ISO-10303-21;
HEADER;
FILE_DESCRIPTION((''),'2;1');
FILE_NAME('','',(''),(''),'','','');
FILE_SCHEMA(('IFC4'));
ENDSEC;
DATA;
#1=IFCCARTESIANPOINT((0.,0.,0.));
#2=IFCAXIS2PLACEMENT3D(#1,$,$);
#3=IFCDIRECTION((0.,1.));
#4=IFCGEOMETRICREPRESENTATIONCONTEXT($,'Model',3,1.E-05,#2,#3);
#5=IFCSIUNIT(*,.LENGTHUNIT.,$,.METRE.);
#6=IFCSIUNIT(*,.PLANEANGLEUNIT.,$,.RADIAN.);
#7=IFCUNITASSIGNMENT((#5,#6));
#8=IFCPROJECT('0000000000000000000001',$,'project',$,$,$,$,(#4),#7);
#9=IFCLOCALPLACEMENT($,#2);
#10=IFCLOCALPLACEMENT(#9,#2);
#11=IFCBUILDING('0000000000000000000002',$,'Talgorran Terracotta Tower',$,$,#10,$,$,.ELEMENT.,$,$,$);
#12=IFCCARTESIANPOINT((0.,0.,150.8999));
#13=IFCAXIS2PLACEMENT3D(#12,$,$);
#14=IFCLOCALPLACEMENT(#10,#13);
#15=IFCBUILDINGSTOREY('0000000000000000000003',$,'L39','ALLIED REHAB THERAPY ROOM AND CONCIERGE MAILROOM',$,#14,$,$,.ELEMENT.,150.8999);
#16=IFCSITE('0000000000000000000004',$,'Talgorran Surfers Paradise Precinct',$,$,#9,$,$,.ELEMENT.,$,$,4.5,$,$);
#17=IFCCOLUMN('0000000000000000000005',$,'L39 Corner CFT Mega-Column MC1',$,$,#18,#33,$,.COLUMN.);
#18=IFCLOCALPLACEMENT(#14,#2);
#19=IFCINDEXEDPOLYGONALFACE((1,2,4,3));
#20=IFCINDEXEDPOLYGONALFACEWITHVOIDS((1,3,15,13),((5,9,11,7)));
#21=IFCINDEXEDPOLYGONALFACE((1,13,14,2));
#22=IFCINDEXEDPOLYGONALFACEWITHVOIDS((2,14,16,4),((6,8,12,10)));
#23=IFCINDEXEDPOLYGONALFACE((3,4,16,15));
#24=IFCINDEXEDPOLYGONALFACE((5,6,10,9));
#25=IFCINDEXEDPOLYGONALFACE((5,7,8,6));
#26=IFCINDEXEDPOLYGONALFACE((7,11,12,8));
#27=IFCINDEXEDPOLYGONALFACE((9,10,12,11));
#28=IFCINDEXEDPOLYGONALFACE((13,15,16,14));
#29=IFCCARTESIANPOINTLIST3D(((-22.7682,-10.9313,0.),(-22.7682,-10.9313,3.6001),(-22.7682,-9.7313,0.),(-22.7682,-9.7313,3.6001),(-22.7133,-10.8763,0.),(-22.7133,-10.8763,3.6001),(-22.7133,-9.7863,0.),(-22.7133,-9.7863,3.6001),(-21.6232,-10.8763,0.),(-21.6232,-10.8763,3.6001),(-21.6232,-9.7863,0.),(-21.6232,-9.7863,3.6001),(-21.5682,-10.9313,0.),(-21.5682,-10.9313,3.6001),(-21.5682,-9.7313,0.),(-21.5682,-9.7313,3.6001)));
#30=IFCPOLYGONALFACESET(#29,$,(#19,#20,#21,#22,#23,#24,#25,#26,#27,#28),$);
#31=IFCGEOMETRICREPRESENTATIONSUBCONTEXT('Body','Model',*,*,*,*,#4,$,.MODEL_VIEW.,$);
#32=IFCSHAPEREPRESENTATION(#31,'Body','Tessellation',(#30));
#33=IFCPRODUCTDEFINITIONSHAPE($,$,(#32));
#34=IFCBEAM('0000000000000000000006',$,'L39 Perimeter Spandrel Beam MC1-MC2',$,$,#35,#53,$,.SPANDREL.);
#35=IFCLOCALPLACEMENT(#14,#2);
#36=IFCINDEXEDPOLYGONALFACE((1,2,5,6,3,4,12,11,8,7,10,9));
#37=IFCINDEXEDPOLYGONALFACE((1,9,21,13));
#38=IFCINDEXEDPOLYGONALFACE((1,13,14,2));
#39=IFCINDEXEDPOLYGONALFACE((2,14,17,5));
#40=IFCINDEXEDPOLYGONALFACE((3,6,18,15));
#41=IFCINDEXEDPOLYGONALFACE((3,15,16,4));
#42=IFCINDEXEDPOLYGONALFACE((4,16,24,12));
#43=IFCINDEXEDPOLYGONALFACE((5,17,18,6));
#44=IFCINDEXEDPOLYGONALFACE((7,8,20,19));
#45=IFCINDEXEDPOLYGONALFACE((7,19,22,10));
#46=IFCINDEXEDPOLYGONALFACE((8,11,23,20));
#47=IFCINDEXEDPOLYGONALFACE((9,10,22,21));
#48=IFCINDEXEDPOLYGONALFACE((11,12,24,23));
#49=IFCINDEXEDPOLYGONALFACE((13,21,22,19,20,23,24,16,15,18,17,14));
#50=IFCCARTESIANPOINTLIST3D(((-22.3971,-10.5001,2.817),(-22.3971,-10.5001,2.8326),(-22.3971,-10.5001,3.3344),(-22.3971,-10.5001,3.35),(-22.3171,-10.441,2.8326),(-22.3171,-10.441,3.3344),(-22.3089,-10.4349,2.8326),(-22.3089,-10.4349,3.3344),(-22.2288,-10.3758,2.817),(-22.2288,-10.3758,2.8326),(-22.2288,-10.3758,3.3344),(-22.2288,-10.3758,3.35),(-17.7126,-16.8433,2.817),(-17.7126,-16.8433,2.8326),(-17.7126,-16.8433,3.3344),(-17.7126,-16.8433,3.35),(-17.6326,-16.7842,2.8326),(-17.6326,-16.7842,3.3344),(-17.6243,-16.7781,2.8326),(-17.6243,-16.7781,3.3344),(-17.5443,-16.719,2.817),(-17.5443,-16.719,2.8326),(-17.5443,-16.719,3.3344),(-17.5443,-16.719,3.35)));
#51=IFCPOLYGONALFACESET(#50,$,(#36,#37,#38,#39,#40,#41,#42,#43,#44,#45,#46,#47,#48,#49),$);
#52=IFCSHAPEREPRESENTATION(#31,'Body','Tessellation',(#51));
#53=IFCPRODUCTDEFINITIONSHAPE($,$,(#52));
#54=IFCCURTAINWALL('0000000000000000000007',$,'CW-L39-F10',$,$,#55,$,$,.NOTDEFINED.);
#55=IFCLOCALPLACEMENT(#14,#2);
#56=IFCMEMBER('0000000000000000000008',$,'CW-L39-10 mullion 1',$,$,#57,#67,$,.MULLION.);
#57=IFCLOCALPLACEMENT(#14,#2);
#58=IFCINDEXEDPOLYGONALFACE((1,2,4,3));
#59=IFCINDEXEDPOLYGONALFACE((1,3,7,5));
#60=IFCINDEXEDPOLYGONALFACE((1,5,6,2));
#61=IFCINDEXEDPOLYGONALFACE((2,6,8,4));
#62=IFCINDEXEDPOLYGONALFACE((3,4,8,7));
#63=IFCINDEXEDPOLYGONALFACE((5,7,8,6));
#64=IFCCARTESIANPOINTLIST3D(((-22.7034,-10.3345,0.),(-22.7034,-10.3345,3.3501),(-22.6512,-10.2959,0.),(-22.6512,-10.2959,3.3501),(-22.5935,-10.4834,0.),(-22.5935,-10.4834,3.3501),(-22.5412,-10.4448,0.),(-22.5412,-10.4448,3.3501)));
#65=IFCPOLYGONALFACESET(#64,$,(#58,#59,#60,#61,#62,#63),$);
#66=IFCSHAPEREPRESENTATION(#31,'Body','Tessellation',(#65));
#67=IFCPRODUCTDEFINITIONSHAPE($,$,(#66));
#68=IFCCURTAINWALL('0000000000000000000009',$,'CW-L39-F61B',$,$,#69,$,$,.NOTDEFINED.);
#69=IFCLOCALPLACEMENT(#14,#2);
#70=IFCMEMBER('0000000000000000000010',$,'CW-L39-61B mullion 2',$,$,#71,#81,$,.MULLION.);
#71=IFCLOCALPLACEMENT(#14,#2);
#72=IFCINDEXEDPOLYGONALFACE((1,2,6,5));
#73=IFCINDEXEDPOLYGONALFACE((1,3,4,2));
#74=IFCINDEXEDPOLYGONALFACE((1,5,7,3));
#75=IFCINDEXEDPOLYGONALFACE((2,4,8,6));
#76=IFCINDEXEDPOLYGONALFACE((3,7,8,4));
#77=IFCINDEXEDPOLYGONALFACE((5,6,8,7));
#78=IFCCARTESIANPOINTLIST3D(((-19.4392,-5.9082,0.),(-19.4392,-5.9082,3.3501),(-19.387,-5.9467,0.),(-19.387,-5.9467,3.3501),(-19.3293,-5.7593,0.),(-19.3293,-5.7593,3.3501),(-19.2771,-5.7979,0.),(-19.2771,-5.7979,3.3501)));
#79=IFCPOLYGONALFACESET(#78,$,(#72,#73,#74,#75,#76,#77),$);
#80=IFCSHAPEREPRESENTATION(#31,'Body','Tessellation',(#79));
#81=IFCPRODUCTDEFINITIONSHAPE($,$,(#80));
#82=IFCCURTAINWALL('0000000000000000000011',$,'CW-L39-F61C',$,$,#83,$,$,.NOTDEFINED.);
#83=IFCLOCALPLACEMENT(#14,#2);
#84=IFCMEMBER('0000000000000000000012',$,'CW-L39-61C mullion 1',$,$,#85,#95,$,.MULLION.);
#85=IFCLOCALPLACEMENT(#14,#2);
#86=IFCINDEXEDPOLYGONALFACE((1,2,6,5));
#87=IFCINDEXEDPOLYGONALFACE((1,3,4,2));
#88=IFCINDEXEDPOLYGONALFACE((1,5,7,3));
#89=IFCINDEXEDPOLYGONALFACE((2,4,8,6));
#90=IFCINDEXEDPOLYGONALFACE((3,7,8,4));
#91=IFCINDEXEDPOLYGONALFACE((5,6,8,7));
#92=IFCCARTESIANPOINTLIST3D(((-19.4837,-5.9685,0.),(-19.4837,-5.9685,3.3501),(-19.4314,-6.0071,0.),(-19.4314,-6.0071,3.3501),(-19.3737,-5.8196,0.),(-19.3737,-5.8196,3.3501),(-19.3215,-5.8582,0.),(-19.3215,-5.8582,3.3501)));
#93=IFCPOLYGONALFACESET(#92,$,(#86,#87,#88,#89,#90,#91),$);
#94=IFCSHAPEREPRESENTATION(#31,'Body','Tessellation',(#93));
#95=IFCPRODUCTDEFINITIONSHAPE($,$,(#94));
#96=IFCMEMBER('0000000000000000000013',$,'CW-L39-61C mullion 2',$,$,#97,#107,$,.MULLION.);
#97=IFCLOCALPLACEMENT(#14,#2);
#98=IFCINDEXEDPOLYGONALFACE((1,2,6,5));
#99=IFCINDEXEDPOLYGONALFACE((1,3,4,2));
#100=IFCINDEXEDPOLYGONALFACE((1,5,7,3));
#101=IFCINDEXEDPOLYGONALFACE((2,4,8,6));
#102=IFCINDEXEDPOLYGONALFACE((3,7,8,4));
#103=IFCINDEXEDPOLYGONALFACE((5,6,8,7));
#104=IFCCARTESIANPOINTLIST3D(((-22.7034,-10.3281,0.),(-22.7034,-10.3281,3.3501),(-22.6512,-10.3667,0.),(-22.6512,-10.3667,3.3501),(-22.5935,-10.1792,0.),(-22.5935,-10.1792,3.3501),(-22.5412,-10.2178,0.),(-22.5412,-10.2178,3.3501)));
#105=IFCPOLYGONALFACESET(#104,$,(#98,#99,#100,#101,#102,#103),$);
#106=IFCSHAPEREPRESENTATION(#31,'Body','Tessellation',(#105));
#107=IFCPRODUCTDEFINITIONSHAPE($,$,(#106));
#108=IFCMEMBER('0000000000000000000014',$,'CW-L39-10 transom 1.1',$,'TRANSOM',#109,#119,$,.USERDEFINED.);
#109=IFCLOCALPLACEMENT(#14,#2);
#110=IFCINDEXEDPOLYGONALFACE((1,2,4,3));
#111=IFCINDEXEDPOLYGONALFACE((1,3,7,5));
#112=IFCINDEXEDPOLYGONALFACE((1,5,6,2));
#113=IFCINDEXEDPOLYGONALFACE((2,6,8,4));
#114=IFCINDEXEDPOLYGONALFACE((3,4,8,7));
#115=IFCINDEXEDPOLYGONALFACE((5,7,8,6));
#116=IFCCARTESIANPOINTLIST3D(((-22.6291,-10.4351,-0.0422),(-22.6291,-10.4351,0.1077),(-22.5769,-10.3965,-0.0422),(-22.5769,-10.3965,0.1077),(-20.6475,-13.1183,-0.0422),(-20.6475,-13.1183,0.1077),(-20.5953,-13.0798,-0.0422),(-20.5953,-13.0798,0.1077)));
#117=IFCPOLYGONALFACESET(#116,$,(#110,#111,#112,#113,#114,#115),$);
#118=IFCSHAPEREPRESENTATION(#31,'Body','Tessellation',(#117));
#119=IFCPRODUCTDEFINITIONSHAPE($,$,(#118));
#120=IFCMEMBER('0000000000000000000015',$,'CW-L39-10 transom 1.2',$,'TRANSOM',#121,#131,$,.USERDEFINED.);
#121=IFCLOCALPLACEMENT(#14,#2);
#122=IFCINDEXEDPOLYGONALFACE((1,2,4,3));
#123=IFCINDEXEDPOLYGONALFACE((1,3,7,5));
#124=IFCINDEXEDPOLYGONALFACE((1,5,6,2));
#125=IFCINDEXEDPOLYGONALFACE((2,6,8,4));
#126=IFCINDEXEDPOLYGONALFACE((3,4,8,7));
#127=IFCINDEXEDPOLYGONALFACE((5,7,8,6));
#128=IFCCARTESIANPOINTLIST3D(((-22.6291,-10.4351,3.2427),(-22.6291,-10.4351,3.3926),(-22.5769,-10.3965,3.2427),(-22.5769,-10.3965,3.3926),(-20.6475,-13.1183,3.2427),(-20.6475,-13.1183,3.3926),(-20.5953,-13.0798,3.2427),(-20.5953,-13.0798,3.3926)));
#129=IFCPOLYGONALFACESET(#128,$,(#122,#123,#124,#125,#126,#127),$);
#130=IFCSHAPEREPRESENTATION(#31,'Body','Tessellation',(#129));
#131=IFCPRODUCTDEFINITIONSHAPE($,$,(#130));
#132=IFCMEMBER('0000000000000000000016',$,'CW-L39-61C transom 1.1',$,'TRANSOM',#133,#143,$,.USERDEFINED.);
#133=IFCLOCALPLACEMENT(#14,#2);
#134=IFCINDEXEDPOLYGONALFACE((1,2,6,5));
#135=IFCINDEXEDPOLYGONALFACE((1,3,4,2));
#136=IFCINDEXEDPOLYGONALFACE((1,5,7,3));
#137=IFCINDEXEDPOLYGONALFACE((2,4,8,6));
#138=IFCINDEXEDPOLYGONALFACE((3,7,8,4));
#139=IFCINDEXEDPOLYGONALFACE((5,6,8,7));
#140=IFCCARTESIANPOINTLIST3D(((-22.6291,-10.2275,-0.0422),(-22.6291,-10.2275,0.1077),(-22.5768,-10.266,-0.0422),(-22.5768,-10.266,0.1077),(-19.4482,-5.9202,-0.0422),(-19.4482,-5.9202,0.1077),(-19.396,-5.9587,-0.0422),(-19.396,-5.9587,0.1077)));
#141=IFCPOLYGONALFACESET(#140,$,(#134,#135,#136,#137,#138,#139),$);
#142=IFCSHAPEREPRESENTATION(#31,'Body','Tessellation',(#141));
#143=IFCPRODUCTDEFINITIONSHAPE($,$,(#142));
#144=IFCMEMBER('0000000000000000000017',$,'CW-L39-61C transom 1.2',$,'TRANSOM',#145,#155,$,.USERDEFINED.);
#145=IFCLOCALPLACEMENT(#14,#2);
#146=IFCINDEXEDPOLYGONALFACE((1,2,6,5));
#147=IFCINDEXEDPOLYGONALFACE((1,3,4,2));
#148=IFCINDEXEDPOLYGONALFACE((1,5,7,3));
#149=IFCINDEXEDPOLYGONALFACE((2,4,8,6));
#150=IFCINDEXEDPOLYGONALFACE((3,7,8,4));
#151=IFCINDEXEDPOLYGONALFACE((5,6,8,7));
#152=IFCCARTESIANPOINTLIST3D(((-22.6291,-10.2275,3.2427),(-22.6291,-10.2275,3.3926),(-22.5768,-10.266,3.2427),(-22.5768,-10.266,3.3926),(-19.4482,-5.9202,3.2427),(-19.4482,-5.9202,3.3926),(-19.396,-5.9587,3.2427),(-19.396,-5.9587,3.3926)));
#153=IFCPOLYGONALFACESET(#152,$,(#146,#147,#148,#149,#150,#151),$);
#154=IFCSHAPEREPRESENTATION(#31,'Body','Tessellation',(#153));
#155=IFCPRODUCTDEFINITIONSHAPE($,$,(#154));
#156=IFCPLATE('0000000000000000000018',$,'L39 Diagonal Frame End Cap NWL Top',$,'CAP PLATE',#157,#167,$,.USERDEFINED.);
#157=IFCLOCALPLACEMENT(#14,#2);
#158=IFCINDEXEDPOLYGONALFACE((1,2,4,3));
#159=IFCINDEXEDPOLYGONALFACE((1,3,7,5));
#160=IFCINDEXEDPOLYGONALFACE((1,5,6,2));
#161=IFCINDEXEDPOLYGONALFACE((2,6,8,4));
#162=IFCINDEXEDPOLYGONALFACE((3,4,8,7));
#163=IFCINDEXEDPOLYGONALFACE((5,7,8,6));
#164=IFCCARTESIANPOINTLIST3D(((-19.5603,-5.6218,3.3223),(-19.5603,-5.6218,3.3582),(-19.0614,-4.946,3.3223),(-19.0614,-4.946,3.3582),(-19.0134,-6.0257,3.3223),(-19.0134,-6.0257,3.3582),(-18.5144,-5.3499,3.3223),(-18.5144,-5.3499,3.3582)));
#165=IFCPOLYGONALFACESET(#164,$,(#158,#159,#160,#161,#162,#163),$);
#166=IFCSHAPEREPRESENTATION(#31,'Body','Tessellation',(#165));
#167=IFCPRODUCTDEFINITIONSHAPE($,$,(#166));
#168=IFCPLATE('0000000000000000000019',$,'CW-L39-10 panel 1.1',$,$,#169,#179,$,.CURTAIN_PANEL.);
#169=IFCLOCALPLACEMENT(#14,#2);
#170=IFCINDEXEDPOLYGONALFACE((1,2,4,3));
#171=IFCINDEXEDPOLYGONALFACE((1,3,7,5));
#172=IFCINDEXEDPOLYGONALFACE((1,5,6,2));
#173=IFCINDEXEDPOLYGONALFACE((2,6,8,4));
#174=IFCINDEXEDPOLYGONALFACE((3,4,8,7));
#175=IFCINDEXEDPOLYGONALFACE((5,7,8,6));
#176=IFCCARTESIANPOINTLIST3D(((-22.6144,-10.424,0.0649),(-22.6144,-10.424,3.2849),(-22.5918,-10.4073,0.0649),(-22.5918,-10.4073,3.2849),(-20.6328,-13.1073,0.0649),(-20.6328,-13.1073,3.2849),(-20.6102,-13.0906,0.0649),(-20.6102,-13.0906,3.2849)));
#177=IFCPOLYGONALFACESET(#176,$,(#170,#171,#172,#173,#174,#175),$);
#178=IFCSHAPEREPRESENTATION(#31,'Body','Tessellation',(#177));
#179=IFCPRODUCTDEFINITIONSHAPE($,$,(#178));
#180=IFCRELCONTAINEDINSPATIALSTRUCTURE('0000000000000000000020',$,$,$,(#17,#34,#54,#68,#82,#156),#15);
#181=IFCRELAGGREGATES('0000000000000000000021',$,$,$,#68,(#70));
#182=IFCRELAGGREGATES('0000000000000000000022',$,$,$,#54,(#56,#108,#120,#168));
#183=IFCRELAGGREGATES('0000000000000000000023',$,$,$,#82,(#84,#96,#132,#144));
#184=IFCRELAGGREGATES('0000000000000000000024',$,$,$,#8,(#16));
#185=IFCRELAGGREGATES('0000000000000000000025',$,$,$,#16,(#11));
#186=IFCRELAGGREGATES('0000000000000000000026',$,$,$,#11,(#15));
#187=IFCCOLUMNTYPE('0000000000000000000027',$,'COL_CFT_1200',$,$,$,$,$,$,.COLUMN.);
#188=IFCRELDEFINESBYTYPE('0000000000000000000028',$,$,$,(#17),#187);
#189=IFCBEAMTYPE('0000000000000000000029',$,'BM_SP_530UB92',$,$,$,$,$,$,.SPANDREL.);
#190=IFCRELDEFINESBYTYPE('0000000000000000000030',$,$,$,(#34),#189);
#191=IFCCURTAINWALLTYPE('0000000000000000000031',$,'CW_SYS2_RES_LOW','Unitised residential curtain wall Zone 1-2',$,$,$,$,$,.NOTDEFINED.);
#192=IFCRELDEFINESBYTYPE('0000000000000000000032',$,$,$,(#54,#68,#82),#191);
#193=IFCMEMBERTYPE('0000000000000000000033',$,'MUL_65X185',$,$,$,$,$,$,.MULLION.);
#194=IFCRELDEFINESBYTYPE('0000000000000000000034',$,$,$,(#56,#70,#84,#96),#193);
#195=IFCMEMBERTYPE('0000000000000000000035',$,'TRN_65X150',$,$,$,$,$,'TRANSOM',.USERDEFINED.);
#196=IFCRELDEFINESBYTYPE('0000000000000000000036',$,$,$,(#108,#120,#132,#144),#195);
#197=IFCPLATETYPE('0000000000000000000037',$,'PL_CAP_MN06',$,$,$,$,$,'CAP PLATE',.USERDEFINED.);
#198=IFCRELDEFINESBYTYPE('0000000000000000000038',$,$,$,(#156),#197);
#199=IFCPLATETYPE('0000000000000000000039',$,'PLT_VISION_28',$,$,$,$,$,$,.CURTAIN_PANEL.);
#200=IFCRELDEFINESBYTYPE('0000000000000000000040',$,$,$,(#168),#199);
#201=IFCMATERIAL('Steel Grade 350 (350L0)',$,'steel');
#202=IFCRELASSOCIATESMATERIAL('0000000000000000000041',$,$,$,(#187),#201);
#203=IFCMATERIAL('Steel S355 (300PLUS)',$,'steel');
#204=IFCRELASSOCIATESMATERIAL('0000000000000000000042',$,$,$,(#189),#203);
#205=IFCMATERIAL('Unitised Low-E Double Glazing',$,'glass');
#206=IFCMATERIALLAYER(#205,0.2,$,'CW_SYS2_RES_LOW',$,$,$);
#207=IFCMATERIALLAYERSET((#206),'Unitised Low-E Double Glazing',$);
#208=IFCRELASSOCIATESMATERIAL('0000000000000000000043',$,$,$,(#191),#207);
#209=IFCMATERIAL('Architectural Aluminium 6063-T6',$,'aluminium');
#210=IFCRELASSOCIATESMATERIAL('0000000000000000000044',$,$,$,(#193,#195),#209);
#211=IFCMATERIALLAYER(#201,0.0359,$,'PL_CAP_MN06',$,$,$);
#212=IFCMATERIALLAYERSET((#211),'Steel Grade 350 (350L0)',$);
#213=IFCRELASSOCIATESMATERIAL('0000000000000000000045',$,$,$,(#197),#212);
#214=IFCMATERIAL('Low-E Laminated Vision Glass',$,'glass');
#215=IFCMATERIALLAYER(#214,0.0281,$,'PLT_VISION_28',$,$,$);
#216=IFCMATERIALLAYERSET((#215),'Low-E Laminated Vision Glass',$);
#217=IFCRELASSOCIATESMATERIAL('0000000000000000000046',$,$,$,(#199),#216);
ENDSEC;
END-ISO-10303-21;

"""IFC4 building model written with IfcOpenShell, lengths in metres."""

from ifc_helpers import new_model, si_unit, direction, frame, origin, origin_2d, place, context, subcontext, project, spatial, rectangle, hollow_rectangle, i_section, extrude, source, transform, mapped, material, layer, layer_set, material_profile, profile_set, type_object, element, aggregate, save


model = new_model("IFC4")

# Units and contexts
model_context = context("Model", 3, precision=1e-05, world=origin(), true_north=direction((0.0, 1.0)))
body_context = subcontext(model_context, "Body", "Model", "MODEL_VIEW")
ifc_project = project(units=[si_unit("LENGTHUNIT", "METRE"), si_unit("PLANEANGLEUNIT", "RADIAN")], contexts=[model_context])

# Site, building, storey
site_placement = place(None, origin())
site = spatial("IfcSite", under=ifc_project, at=site_placement, Name="Talgorran Surfers Paradise Precinct", CompositionType="ELEMENT", RefElevation=4.5)
building_placement = place(site_placement, origin())
building = spatial("IfcBuilding", under=site, at=building_placement, Name="Talgorran Terracotta Tower", CompositionType="ELEMENT")
storey_placement = place(building_placement, frame((0.0, 0.0, 150.8999)))
storey = spatial("IfcBuildingStorey", under=building, at=storey_placement, Name="L39", Description="ALLIED REHAB THERAPY ROOM AND CONCIERGE MAILROOM", CompositionType="ELEMENT", Elevation=150.8999)

# Column
ifc_material_1 = material(Name="Steel Grade 350 (350L0)", Category="steel")
ifc_material_profile_1 = material_profile(ifc_material_1, hollow_rectangle(XDim=1.2, YDim=1.2, WallThickness=0.0549, at=origin_2d()), Name="CFT1200X1200X55")
ifc_profile_set_1 = profile_set([ifc_material_profile_1], Name="Steel Grade 350 (350L0)")
column_type = type_object("IfcColumnType", Name="COL_CFT_1200", PredefinedType="COLUMN", material=ifc_profile_set_1)
column_placement = place(storey_placement, frame((-22.1682, -10.3313, 0.0), z_axis=(0.0, 0.0, 1.0), x_axis=(1.0, 0.0, 0.0)))
element("IfcColumn", 1, at=column_placement, inside=storey, type_object=column_type, Name="L39 Corner CFT Mega-Column MC1", PredefinedType="COLUMN", context=body_context, shape_type="SweptSolid", body=[
    extrude(hollow_rectangle(XDim=1.2, YDim=1.2, WallThickness=0.0549, at=origin_2d()), origin(), (0.0, 0.0, 1.0), 3.6001),
])

# Beam
ifc_material_2 = material(Name="Steel S355 (300PLUS)", Category="steel")
ifc_material_profile_2 = material_profile(ifc_material_2, i_section(OverallWidth=0.2092, OverallDepth=0.533, WebThickness=0.0103, FlangeThickness=0.0156, at=origin_2d()), Name="530UB92.4")
ifc_profile_set_2 = profile_set([ifc_material_profile_2], Name="Steel S355 (300PLUS)")
beam_type = type_object("IfcBeamType", Name="BM_SP_530UB92", PredefinedType="SPANDREL", material=ifc_profile_set_2)
beam_placement = place(storey_placement, frame((-22.313, -10.438, 3.0835), z_axis=(0.594069, -0.804414, 0.0), x_axis=(0.804414, 0.594069, 0.0)))
element("IfcBeam", 2, at=beam_placement, inside=storey, type_object=beam_type, Name="L39 Perimeter Spandrel Beam MC1-MC2", PredefinedType="SPANDREL", context=body_context, shape_type="SweptSolid", body=[
    extrude(i_section(OverallWidth=0.2092, OverallDepth=0.533, WebThickness=0.0103, FlangeThickness=0.0156, at=origin_2d()), origin(), (0.0, 0.0, 1.0), 7.8855),
])

# Curtain walls, members
ifc_material_3 = material(Name="Unitised Low-E Double Glazing", Category="glass")
ifc_layer_1 = layer(ifc_material_3, 0.2, Name="CW_SYS2_RES_LOW")
ifc_layer_set_1 = layer_set([ifc_layer_1], Name="Unitised Low-E Double Glazing")
curtain_wall_type = type_object("IfcCurtainWallType", Name="CW_SYS2_RES_LOW", Description="Unitised residential curtain wall Zone 1-2", PredefinedType="NOTDEFINED", material=ifc_layer_set_1)
curtain_wall_1_placement = place(storey_placement, origin())
curtain_wall_1 = element("IfcCurtainWall", 3, at=curtain_wall_1_placement, inside=storey, type_object=curtain_wall_type, Name="CW-L39-F10", PredefinedType="NOTDEFINED")
ifc_material_4 = material(Name="Architectural Aluminium 6063-T6", Category="aluminium")
ifc_material_profile_3 = material_profile(ifc_material_4, rectangle(XDim=0.0649, YDim=0.1851, at=origin_2d()), Name="CWM65X185")
ifc_profile_set_3 = profile_set([ifc_material_profile_3], Name="Architectural Aluminium 6063-T6")
member_type_1 = type_object("IfcMemberType", Name="MUL_65X185", PredefinedType="MULLION", material=ifc_profile_set_3)
member_1_placement = place(storey_placement, frame((-22.6223, -10.3896, 0.0), z_axis=(0.0, 0.0, 1.0), x_axis=(0.804414, 0.59407, 0.0)))
member_1 = element("IfcMember", 4, at=member_1_placement, type_object=member_type_1, Name="CW-L39-10 mullion 1", PredefinedType="MULLION", context=body_context, shape_type="SweptSolid", body=[
    extrude(rectangle(XDim=0.0649, YDim=0.1851, at=origin_2d()), origin(), (0.0, 0.0, 1.0), 3.3501),
])
curtain_wall_2_placement = place(storey_placement, origin())
curtain_wall_2 = element("IfcCurtainWall", 5, at=curtain_wall_2_placement, inside=storey, type_object=curtain_wall_type, Name="CW-L39-F61B", PredefinedType="NOTDEFINED")
member_2_placement = place(storey_placement, frame((-19.3582, -5.853, 0.0), z_axis=(0.0, 0.0, 1.0), x_axis=(0.804399, -0.594089, 0.0)))
member_2 = element("IfcMember", 6, at=member_2_placement, type_object=member_type_1, Name="CW-L39-61B mullion 2", PredefinedType="MULLION", context=body_context, shape_type="SweptSolid", body=[
    extrude(rectangle(XDim=0.0649, YDim=0.1851, at=origin_2d()), origin(), (0.0, 0.0, 1.0), 3.3501),
])
aggregate(curtain_wall_2, [member_2])

# Curtain wall, members
curtain_wall_3_placement = place(storey_placement, origin())
curtain_wall_3 = element("IfcCurtainWall", 7, at=curtain_wall_3_placement, inside=storey, type_object=curtain_wall_type, Name="CW-L39-F61C", PredefinedType="NOTDEFINED")
member_3_placement = place(storey_placement, frame((-19.4026, -5.9133, 0.0), z_axis=(0.0, 0.0, 1.0), x_axis=(0.804409, -0.594076, 0.0)))
member_3 = element("IfcMember", 8, at=member_3_placement, type_object=member_type_1, Name="CW-L39-61C mullion 1", PredefinedType="MULLION", context=body_context, shape_type="SweptSolid", body=[
    extrude(rectangle(XDim=0.0649, YDim=0.1851, at=origin_2d()), origin(), (0.0, 0.0, 1.0), 3.3501),
])
member_4_placement = place(storey_placement, frame((-22.6223, -10.2729, 0.0), z_axis=(0.0, 0.0, 1.0), x_axis=(0.804409, -0.594076, 0.0)))
member_4 = element("IfcMember", 9, at=member_4_placement, type_object=member_type_1, Name="CW-L39-61C mullion 2", PredefinedType="MULLION", context=body_context, shape_type="SweptSolid", body=[
    extrude(rectangle(XDim=0.0649, YDim=0.1851, at=origin_2d()), origin(), (0.0, 0.0, 1.0), 3.3501),
])

# Members
ifc_material_profile_4 = material_profile(ifc_material_4, rectangle(XDim=0.0649, YDim=0.1499, at=origin_2d()), Name="CWT65X150")
ifc_profile_set_4 = profile_set([ifc_material_profile_4], Name="Architectural Aluminium 6063-T6")
member_type_2 = type_object("IfcMemberType", Name="TRN_65X150", ElementType="TRANSOM", PredefinedType="USERDEFINED", material=ifc_profile_set_4)
member_5_placement = place(storey_placement, frame((-22.603, -10.4158, 0.0327), z_axis=(0.59407, -0.804413, 0.0), x_axis=(0.804413, 0.59407, 0.0)))
member_5 = element("IfcMember", 10, at=member_5_placement, type_object=member_type_2, Name="CW-L39-10 transom 1.1", ObjectType="TRANSOM", PredefinedType="USERDEFINED", context=body_context, shape_type="SweptSolid", body=[
    extrude(rectangle(XDim=0.0649, YDim=0.1499, at=origin_2d()), origin(), (0.0, 0.0, 1.0), 3.3357),
])
member_6_placement = place(storey_placement, frame((-22.603, -10.4158, 3.3176), z_axis=(0.59407, -0.804413, 0.0), x_axis=(0.804413, 0.59407, 0.0)))
member_6 = element("IfcMember", 11, at=member_6_placement, type_object=member_type_2, Name="CW-L39-10 transom 1.2", ObjectType="TRANSOM", PredefinedType="USERDEFINED", context=body_context, shape_type="SweptSolid", body=[
    extrude(rectangle(XDim=0.0649, YDim=0.1499, at=origin_2d()), origin(), (0.0, 0.0, 1.0), 3.3357),
])
member_7_placement = place(storey_placement, frame((-19.4221, -5.9395, 0.0327), z_axis=(-0.594053, -0.804426, 0.0), x_axis=(0.804426, -0.594053, 0.0)))
member_7 = element("IfcMember", 12, at=member_7_placement, type_object=member_type_2, Name="CW-L39-61C transom 1.1", ObjectType="TRANSOM", PredefinedType="USERDEFINED", context=body_context, shape_type="SweptSolid", body=[
    extrude(rectangle(XDim=0.0649, YDim=0.1499, at=origin_2d()), origin(), (0.0, 0.0, 1.0), 5.3545),
])
member_8_placement = place(storey_placement, frame((-19.4221, -5.9395, 3.3176), z_axis=(-0.594053, -0.804426, 0.0), x_axis=(0.804426, -0.594053, 0.0)))
member_8 = element("IfcMember", 13, at=member_8_placement, type_object=member_type_2, Name="CW-L39-61C transom 1.2", ObjectType="TRANSOM", PredefinedType="USERDEFINED", context=body_context, shape_type="SweptSolid", body=[
    extrude(rectangle(XDim=0.0649, YDim=0.1499, at=origin_2d()), origin(), (0.0, 0.0, 1.0), 5.3545),
])

# Plates
ifc_layer_2 = layer(ifc_material_1, 0.0359, Name="PL_CAP_MN06")
ifc_layer_set_2 = layer_set([ifc_layer_2], Name="Steel Grade 350 (350L0)")
plate_type_1 = type_object("IfcPlateType", Name="PL_CAP_MN06", ElementType="CAP PLATE", PredefinedType="USERDEFINED", material=ifc_layer_set_2)
plate_1_placement = place(storey_placement, frame((-19.0374, -5.4858, 3.3223), z_axis=(0.0, 0.0, 1.0), x_axis=(-0.593981, -0.804479, 0.0)))
element("IfcPlate", 14, at=plate_1_placement, inside=storey, type_object=plate_type_1, Name="L39 Diagonal Frame End Cap NWL Top", ObjectType="CAP PLATE", PredefinedType="USERDEFINED", context=body_context, shape_type="SweptSolid", body=[
    extrude(rectangle(XDim=0.8401, YDim=0.6799, at=origin_2d()), origin(), (0.0, 0.0, 1.0), 0.0359),
])
ifc_material_5 = material(Name="Low-E Laminated Vision Glass", Category="glass")
ifc_layer_3 = layer(ifc_material_5, 0.0281, Name="PLT_VISION_28")
ifc_layer_set_3 = layer_set([ifc_layer_3], Name="Low-E Laminated Vision Glass")
plate_type_2 = type_object("IfcPlateType", Name="PLT_VISION_28", PredefinedType="CURTAIN_PANEL", material=ifc_layer_set_3)
shared_shape_1 = source(origin(), body_context, "Body", "SweptSolid", [
    extrude(rectangle(XDim=3.3357, YDim=0.0281, at=origin_2d()), origin(), (0.0, 0.0, 1.0), 3.22),
])
plate_2_placement = place(storey_placement, frame((-21.6123, -11.7573, 0.0649), z_axis=(0.0, 0.0, 1.0), x_axis=(0.59407, -0.804414, 0.0)))
plate_2 = element("IfcPlate", 15, at=plate_2_placement, type_object=plate_type_2, Name="CW-L39-10 panel 1.1", PredefinedType="CURTAIN_PANEL", context=body_context, shape_type="MappedRepresentation", body=[
    mapped(shared_shape_1, transform((0.0, 0.0, 0.0), scale=1.0)),
])
aggregate(curtain_wall_1, [member_1, member_5, member_6, plate_2])
aggregate(curtain_wall_3, [member_3, member_4, member_7, member_8])

save(model, "model.ifc")
